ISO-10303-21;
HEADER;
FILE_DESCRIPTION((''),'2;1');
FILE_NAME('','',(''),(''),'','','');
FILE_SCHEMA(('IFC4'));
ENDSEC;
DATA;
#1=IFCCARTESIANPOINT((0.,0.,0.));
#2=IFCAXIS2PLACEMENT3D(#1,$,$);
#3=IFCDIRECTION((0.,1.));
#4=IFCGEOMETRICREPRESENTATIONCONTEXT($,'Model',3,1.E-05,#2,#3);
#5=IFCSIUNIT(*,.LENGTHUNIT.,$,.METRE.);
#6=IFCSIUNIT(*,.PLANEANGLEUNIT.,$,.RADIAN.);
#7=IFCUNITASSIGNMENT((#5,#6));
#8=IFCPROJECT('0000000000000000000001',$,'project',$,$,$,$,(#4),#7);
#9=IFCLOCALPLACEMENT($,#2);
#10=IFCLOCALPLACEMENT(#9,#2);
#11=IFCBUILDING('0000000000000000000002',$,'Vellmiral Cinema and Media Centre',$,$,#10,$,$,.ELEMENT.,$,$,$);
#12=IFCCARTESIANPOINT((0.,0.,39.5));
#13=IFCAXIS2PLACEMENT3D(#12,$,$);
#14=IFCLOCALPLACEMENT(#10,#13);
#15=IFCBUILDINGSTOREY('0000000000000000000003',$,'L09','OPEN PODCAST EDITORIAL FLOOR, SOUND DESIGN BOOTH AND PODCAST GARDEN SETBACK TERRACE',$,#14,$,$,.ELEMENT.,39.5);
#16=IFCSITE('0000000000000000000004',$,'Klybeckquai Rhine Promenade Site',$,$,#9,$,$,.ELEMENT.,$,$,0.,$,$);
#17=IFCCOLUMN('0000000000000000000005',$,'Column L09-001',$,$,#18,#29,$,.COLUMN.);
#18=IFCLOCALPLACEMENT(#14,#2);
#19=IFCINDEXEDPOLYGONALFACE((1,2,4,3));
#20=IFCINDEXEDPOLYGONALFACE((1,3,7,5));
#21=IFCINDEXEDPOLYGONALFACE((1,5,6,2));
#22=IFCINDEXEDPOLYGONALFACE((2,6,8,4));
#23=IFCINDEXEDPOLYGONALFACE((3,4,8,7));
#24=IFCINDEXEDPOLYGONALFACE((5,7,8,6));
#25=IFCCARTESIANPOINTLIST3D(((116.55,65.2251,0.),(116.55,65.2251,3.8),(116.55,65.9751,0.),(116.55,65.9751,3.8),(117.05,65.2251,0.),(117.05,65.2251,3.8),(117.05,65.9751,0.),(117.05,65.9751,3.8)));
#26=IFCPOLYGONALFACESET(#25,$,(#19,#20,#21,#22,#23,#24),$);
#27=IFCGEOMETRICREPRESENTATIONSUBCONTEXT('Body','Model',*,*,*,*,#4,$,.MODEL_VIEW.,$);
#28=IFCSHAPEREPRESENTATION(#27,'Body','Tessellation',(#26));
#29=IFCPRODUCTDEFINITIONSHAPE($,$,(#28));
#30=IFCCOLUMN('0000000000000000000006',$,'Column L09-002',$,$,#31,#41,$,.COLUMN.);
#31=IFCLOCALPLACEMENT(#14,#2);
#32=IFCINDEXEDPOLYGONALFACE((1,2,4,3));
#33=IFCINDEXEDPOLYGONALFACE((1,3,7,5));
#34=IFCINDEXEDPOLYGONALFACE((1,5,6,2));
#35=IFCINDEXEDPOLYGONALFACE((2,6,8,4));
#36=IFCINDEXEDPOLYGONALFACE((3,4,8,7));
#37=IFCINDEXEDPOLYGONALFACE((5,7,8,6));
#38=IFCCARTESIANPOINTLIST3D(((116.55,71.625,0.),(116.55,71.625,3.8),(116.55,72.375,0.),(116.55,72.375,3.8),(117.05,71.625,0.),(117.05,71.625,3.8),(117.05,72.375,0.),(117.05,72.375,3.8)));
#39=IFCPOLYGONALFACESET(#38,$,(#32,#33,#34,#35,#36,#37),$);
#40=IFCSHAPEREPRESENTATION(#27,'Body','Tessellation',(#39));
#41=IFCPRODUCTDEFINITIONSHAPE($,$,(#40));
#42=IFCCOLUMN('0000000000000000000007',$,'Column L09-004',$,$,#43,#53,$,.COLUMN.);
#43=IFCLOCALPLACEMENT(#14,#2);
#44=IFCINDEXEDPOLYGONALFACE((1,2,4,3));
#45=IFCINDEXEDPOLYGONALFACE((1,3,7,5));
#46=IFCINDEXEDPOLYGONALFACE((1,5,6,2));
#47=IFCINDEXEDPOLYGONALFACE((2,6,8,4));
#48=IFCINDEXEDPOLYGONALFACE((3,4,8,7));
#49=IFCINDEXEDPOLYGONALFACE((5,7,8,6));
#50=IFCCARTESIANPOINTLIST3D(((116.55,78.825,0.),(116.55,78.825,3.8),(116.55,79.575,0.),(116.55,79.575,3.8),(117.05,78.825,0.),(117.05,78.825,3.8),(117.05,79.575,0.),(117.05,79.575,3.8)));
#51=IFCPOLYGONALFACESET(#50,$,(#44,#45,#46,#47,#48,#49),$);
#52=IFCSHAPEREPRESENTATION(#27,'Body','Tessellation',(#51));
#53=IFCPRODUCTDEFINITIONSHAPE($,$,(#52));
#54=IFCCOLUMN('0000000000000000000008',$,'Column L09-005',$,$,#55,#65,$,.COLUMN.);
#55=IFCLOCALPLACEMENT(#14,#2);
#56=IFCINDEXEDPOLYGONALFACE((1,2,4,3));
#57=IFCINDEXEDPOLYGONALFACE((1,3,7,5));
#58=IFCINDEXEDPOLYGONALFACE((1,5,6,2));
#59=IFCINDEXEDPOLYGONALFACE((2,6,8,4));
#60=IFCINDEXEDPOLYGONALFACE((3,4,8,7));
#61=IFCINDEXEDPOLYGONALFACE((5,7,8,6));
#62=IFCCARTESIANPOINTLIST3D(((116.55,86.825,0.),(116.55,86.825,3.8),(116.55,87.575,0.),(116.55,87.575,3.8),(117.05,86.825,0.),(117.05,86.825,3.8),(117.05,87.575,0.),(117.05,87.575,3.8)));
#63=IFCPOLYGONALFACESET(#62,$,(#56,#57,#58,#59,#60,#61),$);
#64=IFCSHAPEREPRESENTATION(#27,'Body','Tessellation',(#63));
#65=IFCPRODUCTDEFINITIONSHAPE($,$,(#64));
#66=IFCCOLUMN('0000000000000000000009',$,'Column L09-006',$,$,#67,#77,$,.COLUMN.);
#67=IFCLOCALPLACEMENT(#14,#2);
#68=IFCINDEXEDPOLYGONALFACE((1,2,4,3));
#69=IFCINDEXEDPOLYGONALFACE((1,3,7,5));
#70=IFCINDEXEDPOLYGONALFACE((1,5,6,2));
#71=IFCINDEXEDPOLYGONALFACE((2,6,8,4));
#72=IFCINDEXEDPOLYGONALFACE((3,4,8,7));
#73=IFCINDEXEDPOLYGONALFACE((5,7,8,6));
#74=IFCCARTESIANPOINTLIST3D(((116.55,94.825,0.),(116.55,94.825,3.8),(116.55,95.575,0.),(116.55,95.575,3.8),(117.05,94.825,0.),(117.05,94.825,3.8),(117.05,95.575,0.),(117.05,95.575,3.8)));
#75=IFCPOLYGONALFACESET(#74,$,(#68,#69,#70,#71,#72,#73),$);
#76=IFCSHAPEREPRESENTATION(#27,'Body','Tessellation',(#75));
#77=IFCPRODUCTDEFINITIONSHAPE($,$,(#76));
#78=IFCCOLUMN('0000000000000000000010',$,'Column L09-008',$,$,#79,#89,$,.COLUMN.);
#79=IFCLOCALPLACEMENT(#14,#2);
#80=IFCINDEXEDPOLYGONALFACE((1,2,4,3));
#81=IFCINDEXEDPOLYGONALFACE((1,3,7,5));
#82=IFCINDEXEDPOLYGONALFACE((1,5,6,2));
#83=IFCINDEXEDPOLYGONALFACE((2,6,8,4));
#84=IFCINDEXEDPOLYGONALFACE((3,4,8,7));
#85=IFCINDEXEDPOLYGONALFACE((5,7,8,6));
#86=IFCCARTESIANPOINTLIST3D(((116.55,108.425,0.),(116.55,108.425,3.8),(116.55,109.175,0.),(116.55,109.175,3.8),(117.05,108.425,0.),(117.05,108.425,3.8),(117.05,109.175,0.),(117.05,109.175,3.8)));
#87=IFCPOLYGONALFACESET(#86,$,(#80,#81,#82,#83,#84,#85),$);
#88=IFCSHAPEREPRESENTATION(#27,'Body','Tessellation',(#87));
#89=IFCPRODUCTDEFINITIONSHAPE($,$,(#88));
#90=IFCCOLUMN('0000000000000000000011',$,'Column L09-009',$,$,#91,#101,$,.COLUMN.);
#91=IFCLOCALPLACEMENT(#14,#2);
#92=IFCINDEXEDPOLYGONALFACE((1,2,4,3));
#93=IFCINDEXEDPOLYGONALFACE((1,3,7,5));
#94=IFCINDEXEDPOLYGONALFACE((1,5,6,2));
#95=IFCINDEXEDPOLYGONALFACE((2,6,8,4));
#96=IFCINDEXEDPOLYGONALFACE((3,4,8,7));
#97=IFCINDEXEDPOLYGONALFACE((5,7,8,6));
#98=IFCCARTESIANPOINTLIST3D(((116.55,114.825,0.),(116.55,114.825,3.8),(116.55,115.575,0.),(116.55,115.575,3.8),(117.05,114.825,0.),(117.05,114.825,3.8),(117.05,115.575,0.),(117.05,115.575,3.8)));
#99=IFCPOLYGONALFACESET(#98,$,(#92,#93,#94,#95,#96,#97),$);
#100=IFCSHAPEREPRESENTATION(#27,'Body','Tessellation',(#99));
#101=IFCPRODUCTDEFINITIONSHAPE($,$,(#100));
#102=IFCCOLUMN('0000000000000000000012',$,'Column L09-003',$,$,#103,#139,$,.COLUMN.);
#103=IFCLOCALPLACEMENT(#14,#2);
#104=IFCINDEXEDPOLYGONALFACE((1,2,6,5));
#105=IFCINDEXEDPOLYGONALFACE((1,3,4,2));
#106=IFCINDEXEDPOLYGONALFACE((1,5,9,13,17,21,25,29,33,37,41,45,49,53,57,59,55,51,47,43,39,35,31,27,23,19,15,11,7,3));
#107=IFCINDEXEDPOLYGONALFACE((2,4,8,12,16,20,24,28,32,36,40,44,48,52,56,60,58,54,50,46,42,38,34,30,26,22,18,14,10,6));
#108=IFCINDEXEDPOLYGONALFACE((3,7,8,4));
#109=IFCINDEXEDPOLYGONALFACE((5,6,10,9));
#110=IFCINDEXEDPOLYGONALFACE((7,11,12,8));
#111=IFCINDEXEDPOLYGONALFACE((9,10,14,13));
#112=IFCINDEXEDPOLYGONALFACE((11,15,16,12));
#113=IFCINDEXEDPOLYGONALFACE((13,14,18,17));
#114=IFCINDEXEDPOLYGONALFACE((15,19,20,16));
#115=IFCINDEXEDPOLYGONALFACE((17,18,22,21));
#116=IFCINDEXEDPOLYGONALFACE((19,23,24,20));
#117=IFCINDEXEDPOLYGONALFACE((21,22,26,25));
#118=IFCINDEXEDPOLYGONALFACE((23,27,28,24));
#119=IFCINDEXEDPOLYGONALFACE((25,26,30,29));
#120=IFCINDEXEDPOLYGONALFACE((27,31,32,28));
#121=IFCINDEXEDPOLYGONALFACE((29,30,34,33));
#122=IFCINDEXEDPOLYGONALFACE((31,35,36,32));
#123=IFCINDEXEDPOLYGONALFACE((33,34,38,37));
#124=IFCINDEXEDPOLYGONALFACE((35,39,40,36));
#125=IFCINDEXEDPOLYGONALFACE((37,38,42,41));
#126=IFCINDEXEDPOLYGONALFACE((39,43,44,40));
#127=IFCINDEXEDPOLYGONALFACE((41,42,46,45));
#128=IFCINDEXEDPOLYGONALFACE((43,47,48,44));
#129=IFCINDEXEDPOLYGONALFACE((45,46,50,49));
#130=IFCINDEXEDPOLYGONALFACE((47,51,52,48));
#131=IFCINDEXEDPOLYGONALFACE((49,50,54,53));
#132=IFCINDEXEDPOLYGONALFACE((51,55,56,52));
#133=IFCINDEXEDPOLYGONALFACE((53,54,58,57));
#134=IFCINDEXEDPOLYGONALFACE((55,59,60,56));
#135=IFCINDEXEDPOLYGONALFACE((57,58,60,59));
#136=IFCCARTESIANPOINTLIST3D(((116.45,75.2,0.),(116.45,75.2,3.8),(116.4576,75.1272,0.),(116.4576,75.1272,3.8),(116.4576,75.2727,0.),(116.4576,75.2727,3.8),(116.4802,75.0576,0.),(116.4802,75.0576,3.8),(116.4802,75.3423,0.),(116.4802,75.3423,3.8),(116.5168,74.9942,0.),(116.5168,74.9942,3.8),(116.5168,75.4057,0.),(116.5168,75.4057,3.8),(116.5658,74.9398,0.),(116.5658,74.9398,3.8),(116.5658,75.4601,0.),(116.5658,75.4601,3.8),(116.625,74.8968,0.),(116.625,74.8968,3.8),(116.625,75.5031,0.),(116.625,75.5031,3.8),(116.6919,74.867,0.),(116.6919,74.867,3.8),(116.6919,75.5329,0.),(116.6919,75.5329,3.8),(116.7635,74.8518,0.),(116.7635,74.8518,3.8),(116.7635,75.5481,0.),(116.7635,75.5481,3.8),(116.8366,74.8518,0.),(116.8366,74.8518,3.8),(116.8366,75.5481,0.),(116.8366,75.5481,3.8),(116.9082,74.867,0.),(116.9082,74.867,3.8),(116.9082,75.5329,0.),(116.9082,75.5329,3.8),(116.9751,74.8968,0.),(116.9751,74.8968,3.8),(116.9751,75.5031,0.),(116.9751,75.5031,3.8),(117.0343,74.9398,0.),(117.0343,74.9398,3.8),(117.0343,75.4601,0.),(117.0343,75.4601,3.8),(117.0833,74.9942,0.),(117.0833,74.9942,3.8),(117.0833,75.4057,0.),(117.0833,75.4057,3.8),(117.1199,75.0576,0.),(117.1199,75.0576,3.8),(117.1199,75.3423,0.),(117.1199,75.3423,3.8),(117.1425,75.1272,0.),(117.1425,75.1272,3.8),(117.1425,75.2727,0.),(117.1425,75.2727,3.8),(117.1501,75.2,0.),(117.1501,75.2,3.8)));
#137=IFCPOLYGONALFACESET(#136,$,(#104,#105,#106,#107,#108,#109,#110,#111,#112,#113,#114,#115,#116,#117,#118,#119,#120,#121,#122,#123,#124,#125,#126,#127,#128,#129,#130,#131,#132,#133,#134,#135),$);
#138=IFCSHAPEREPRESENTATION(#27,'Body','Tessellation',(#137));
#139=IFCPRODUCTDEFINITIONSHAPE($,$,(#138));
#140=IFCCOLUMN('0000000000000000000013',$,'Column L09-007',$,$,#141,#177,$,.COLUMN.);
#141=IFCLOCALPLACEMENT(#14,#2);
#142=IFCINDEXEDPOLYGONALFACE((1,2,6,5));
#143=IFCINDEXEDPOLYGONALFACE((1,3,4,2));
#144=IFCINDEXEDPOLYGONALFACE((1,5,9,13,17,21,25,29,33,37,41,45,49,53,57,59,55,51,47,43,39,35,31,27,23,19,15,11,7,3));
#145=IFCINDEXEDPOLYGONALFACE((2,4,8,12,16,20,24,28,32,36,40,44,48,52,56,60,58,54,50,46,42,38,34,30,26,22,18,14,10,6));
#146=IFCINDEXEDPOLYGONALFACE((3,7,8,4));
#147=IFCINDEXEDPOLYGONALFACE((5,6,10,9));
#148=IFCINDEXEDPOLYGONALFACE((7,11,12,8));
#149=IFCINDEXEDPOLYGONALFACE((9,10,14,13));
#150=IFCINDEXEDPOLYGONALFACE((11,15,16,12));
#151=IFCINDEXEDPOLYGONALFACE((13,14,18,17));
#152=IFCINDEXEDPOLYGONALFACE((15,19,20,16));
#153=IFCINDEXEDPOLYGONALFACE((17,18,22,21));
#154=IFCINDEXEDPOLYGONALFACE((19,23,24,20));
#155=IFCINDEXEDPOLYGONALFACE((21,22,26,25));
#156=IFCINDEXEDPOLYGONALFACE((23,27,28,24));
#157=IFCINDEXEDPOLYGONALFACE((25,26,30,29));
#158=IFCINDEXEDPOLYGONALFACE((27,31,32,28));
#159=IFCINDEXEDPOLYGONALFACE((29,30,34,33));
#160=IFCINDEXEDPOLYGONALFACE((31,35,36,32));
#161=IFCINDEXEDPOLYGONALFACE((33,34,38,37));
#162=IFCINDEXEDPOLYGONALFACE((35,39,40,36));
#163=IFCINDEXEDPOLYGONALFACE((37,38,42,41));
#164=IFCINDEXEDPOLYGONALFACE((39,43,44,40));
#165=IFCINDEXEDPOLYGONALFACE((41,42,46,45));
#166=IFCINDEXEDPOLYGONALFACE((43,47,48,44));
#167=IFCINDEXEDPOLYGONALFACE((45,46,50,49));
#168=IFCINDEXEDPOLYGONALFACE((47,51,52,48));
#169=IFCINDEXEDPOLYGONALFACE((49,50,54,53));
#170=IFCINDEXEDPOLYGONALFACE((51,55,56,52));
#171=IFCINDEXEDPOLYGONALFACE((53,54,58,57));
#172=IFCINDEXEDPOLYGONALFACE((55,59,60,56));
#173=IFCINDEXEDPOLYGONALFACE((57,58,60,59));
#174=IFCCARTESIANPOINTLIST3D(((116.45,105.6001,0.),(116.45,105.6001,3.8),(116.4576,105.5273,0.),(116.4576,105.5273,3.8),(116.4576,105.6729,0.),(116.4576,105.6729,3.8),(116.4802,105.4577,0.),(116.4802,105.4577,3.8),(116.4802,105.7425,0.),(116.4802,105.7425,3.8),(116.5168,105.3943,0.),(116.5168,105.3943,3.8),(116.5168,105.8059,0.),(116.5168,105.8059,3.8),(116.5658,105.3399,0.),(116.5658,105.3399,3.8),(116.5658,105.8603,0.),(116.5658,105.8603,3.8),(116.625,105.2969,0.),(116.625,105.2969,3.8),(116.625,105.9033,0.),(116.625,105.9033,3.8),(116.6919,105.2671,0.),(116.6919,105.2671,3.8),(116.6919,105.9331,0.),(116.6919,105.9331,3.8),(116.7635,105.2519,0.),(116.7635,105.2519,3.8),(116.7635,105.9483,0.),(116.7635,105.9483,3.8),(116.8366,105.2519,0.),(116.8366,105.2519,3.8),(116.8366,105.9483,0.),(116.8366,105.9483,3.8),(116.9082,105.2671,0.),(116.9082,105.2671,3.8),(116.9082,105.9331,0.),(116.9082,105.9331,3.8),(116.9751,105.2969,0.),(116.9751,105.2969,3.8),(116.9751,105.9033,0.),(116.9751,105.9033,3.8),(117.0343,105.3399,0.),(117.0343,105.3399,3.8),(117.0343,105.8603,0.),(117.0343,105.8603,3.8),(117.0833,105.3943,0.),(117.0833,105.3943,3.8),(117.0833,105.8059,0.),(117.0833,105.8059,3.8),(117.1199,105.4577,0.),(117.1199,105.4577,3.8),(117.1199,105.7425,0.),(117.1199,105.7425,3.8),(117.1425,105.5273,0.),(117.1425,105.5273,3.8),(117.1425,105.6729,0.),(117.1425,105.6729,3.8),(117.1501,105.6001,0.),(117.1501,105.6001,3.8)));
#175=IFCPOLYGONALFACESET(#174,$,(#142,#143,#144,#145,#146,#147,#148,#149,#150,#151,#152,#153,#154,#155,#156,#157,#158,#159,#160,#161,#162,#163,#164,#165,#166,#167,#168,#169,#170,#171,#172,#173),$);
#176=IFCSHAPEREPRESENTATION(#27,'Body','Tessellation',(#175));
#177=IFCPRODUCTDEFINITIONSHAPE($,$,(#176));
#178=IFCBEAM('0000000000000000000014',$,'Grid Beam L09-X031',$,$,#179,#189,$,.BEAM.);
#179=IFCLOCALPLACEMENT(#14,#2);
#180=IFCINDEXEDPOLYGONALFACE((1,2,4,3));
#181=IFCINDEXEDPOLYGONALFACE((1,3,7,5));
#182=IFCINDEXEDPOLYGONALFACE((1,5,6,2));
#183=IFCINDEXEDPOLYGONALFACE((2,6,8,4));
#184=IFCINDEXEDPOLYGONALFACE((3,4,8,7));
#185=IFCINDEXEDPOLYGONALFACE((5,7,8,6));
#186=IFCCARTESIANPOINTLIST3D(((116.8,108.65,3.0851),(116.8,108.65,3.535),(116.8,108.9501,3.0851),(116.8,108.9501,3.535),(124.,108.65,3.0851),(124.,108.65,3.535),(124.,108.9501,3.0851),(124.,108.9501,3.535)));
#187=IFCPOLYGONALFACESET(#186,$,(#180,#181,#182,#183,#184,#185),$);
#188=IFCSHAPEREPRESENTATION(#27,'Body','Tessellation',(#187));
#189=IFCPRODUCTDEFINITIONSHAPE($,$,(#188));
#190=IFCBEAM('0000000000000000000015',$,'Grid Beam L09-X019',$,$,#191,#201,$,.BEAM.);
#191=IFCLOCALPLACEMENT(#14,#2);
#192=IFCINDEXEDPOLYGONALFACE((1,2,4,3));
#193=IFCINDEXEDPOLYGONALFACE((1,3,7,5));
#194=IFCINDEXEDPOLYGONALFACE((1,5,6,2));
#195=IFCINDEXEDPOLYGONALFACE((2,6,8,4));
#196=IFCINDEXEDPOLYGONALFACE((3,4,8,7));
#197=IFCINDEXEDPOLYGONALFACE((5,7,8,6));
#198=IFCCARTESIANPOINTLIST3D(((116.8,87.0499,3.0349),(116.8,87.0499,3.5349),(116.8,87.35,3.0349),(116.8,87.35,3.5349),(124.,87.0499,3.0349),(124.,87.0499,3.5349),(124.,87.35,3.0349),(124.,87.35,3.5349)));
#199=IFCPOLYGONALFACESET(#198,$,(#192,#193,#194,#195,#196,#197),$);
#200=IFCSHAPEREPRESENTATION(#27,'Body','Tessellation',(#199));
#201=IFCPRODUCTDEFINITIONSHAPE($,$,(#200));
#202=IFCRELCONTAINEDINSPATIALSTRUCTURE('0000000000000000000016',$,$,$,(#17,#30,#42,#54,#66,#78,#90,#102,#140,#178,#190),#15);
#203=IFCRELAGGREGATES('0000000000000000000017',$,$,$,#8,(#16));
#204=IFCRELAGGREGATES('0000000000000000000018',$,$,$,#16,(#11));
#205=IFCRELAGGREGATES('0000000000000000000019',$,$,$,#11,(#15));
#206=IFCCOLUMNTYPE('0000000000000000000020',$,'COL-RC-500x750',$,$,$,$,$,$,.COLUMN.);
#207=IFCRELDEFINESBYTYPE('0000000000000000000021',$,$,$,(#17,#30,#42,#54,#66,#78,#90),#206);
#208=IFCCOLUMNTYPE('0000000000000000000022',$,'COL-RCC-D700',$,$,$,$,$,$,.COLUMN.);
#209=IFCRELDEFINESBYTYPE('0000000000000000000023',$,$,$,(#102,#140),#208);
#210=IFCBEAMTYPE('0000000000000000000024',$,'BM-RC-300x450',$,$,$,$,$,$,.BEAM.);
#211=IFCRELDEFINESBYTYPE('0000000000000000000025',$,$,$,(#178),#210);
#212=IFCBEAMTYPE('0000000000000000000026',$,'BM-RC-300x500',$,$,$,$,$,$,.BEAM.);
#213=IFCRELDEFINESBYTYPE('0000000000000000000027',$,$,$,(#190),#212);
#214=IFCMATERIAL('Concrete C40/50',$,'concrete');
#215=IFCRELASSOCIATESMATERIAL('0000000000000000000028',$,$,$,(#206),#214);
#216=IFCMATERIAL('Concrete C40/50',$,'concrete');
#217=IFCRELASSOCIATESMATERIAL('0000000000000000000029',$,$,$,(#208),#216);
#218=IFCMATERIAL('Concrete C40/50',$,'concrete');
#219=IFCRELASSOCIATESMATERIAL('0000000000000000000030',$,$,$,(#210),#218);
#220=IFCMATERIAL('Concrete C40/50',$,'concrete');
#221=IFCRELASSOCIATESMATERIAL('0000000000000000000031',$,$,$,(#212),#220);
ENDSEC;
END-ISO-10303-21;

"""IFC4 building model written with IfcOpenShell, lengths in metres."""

from ifc_helpers import new_model, si_unit, direction, frame, origin, origin_2d, place, context, subcontext, project, spatial, rectangle, circle, extrude, material, material_profile, profile_set, type_object, element, save


model = new_model("IFC4")

# Units and contexts
model_context = context("Model", 3, precision=1e-05, world=origin(), true_north=direction((0.0, 1.0)))
body_context = subcontext(model_context, "Body", "Model", "MODEL_VIEW")
ifc_project = project(units=[si_unit("LENGTHUNIT", "METRE"), si_unit("PLANEANGLEUNIT", "RADIAN")], contexts=[model_context])

# Site, building, storey
site_placement = place(None, origin())
site = spatial("IfcSite", under=ifc_project, at=site_placement, Name="Klybeckquai Rhine Promenade Site", CompositionType="ELEMENT", RefElevation=0.0)
building_placement = place(site_placement, origin())
building = spatial("IfcBuilding", under=site, at=building_placement, Name="Vellmiral Cinema and Media Centre", CompositionType="ELEMENT")
storey_placement = place(building_placement, frame((0.0, 0.0, 39.5)))
storey = spatial("IfcBuildingStorey", under=building, at=storey_placement, Name="L09", Description="OPEN PODCAST EDITORIAL FLOOR, SOUND DESIGN BOOTH AND PODCAST GARDEN SETBACK TERRACE", CompositionType="ELEMENT", Elevation=39.5)

# Columns
ifc_material_1 = material(Name="Concrete C40/50", Category="concrete")
ifc_material_profile_1 = material_profile(ifc_material_1, rectangle(XDim=0.5, YDim=0.75, at=origin_2d()), Name="RC 500x750")
ifc_profile_set_1 = profile_set([ifc_material_profile_1], Name="Concrete C40/50")
column_type_1 = type_object("IfcColumnType", Name="COL-RC-500x750", PredefinedType="COLUMN", material=ifc_profile_set_1)
for number, where, z_axis, x_axis, name in (
    (1, (116.8, 65.6001, 0.0), (0.0, 0.0, 1.0), (1.0, 0.0, 0.0), "Column L09-001"),
    (2, (116.8, 72.0, 0.0), (0.0, 0.0, 1.0), (1.0, 0.0, 0.0), "Column L09-002"),
    (3, (116.8, 79.2, 0.0), (0.0, 0.0, 1.0), (1.0, 0.0, 0.0), "Column L09-004"),
    (4, (116.8, 87.2, 0.0), (0.0, 0.0, 1.0), (1.0, 0.0, 0.0), "Column L09-005"),
    (5, (116.8, 95.2, 0.0), (0.0, 0.0, 1.0), (1.0, 0.0, 0.0), "Column L09-006"),
    (6, (116.8, 108.8, 0.0), (0.0, 0.0, 1.0), (1.0, 0.0, 0.0), "Column L09-008"),
    (7, (116.8, 115.2, 0.0), (0.0, 0.0, 1.0), (1.0, 0.0, 0.0), "Column L09-009"),
):
    element("IfcColumn", number, at=place(storey_placement, frame(where, z_axis=z_axis, x_axis=x_axis)), inside=storey, type_object=column_type_1, Name=name, PredefinedType="COLUMN", context=body_context, shape_type="SweptSolid", body=[
        extrude(rectangle(XDim=0.5, YDim=0.75, at=origin_2d()), origin(), (0.0, 0.0, 1.0), 3.8),
    ])
ifc_material_2 = material(Name="Concrete C40/50", Category="concrete")
ifc_material_profile_2 = material_profile(ifc_material_2, circle(Radius=0.3501, at=origin_2d()), Name="RC D700")
ifc_profile_set_2 = profile_set([ifc_material_profile_2], Name="Concrete C40/50")
column_type_2 = type_object("IfcColumnType", Name="COL-RCC-D700", PredefinedType="COLUMN", material=ifc_profile_set_2)
for number, where, z_axis, x_axis, name in (
    (8, (116.8, 75.2, 0.0), (0.0, 0.0, 1.0), (1.0, 0.0, 0.0), "Column L09-003"),
    (9, (116.8, 105.6001, 0.0), (0.0, 0.0, 1.0), (1.0, 0.0, 0.0), "Column L09-007"),
):
    element("IfcColumn", number, at=place(storey_placement, frame(where, z_axis=z_axis, x_axis=x_axis)), inside=storey, type_object=column_type_2, Name=name, PredefinedType="COLUMN", context=body_context, shape_type="SweptSolid", body=[
        extrude(circle(Radius=0.3501, at=origin_2d()), origin(), (0.0, 0.0, 1.0), 3.8),
    ])

# Beams
ifc_material_3 = material(Name="Concrete C40/50", Category="concrete")
ifc_material_profile_3 = material_profile(ifc_material_3, rectangle(XDim=0.3, YDim=0.45, at=origin_2d()), Name="RC 300x450")
ifc_profile_set_3 = profile_set([ifc_material_profile_3], Name="Concrete C40/50")
beam_type_1 = type_object("IfcBeamType", Name="BM-RC-300x450", PredefinedType="BEAM", material=ifc_profile_set_3)
beam_1_placement = place(storey_placement, frame((116.8, 108.8, 3.3101), z_axis=(1.0, 0.0, 0.0), x_axis=(0.0, 1.0, 0.0)))
element("IfcBeam", 10, at=beam_1_placement, inside=storey, type_object=beam_type_1, Name="Grid Beam L09-X031", PredefinedType="BEAM", context=body_context, shape_type="SweptSolid", body=[
    extrude(rectangle(XDim=0.3, YDim=0.45, at=origin_2d()), origin(), (0.0, 0.0, 1.0), 7.2),
])
ifc_material_4 = material(Name="Concrete C40/50", Category="concrete")
ifc_material_profile_4 = material_profile(ifc_material_4, rectangle(XDim=0.3, YDim=0.5, at=origin_2d()), Name="RC 300x500")
ifc_profile_set_4 = profile_set([ifc_material_profile_4], Name="Concrete C40/50")
beam_type_2 = type_object("IfcBeamType", Name="BM-RC-300x500", PredefinedType="BEAM", material=ifc_profile_set_4)
beam_2_placement = place(storey_placement, frame((116.8, 87.2, 3.2849), z_axis=(1.0, 0.0, 0.0), x_axis=(0.0, 1.0, 0.0)))
element("IfcBeam", 11, at=beam_2_placement, inside=storey, type_object=beam_type_2, Name="Grid Beam L09-X019", PredefinedType="BEAM", context=body_context, shape_type="SweptSolid", body=[
    extrude(rectangle(XDim=0.3, YDim=0.5, at=origin_2d()), origin(), (0.0, 0.0, 1.0), 7.2),
])

save(model, "model.ifc")
